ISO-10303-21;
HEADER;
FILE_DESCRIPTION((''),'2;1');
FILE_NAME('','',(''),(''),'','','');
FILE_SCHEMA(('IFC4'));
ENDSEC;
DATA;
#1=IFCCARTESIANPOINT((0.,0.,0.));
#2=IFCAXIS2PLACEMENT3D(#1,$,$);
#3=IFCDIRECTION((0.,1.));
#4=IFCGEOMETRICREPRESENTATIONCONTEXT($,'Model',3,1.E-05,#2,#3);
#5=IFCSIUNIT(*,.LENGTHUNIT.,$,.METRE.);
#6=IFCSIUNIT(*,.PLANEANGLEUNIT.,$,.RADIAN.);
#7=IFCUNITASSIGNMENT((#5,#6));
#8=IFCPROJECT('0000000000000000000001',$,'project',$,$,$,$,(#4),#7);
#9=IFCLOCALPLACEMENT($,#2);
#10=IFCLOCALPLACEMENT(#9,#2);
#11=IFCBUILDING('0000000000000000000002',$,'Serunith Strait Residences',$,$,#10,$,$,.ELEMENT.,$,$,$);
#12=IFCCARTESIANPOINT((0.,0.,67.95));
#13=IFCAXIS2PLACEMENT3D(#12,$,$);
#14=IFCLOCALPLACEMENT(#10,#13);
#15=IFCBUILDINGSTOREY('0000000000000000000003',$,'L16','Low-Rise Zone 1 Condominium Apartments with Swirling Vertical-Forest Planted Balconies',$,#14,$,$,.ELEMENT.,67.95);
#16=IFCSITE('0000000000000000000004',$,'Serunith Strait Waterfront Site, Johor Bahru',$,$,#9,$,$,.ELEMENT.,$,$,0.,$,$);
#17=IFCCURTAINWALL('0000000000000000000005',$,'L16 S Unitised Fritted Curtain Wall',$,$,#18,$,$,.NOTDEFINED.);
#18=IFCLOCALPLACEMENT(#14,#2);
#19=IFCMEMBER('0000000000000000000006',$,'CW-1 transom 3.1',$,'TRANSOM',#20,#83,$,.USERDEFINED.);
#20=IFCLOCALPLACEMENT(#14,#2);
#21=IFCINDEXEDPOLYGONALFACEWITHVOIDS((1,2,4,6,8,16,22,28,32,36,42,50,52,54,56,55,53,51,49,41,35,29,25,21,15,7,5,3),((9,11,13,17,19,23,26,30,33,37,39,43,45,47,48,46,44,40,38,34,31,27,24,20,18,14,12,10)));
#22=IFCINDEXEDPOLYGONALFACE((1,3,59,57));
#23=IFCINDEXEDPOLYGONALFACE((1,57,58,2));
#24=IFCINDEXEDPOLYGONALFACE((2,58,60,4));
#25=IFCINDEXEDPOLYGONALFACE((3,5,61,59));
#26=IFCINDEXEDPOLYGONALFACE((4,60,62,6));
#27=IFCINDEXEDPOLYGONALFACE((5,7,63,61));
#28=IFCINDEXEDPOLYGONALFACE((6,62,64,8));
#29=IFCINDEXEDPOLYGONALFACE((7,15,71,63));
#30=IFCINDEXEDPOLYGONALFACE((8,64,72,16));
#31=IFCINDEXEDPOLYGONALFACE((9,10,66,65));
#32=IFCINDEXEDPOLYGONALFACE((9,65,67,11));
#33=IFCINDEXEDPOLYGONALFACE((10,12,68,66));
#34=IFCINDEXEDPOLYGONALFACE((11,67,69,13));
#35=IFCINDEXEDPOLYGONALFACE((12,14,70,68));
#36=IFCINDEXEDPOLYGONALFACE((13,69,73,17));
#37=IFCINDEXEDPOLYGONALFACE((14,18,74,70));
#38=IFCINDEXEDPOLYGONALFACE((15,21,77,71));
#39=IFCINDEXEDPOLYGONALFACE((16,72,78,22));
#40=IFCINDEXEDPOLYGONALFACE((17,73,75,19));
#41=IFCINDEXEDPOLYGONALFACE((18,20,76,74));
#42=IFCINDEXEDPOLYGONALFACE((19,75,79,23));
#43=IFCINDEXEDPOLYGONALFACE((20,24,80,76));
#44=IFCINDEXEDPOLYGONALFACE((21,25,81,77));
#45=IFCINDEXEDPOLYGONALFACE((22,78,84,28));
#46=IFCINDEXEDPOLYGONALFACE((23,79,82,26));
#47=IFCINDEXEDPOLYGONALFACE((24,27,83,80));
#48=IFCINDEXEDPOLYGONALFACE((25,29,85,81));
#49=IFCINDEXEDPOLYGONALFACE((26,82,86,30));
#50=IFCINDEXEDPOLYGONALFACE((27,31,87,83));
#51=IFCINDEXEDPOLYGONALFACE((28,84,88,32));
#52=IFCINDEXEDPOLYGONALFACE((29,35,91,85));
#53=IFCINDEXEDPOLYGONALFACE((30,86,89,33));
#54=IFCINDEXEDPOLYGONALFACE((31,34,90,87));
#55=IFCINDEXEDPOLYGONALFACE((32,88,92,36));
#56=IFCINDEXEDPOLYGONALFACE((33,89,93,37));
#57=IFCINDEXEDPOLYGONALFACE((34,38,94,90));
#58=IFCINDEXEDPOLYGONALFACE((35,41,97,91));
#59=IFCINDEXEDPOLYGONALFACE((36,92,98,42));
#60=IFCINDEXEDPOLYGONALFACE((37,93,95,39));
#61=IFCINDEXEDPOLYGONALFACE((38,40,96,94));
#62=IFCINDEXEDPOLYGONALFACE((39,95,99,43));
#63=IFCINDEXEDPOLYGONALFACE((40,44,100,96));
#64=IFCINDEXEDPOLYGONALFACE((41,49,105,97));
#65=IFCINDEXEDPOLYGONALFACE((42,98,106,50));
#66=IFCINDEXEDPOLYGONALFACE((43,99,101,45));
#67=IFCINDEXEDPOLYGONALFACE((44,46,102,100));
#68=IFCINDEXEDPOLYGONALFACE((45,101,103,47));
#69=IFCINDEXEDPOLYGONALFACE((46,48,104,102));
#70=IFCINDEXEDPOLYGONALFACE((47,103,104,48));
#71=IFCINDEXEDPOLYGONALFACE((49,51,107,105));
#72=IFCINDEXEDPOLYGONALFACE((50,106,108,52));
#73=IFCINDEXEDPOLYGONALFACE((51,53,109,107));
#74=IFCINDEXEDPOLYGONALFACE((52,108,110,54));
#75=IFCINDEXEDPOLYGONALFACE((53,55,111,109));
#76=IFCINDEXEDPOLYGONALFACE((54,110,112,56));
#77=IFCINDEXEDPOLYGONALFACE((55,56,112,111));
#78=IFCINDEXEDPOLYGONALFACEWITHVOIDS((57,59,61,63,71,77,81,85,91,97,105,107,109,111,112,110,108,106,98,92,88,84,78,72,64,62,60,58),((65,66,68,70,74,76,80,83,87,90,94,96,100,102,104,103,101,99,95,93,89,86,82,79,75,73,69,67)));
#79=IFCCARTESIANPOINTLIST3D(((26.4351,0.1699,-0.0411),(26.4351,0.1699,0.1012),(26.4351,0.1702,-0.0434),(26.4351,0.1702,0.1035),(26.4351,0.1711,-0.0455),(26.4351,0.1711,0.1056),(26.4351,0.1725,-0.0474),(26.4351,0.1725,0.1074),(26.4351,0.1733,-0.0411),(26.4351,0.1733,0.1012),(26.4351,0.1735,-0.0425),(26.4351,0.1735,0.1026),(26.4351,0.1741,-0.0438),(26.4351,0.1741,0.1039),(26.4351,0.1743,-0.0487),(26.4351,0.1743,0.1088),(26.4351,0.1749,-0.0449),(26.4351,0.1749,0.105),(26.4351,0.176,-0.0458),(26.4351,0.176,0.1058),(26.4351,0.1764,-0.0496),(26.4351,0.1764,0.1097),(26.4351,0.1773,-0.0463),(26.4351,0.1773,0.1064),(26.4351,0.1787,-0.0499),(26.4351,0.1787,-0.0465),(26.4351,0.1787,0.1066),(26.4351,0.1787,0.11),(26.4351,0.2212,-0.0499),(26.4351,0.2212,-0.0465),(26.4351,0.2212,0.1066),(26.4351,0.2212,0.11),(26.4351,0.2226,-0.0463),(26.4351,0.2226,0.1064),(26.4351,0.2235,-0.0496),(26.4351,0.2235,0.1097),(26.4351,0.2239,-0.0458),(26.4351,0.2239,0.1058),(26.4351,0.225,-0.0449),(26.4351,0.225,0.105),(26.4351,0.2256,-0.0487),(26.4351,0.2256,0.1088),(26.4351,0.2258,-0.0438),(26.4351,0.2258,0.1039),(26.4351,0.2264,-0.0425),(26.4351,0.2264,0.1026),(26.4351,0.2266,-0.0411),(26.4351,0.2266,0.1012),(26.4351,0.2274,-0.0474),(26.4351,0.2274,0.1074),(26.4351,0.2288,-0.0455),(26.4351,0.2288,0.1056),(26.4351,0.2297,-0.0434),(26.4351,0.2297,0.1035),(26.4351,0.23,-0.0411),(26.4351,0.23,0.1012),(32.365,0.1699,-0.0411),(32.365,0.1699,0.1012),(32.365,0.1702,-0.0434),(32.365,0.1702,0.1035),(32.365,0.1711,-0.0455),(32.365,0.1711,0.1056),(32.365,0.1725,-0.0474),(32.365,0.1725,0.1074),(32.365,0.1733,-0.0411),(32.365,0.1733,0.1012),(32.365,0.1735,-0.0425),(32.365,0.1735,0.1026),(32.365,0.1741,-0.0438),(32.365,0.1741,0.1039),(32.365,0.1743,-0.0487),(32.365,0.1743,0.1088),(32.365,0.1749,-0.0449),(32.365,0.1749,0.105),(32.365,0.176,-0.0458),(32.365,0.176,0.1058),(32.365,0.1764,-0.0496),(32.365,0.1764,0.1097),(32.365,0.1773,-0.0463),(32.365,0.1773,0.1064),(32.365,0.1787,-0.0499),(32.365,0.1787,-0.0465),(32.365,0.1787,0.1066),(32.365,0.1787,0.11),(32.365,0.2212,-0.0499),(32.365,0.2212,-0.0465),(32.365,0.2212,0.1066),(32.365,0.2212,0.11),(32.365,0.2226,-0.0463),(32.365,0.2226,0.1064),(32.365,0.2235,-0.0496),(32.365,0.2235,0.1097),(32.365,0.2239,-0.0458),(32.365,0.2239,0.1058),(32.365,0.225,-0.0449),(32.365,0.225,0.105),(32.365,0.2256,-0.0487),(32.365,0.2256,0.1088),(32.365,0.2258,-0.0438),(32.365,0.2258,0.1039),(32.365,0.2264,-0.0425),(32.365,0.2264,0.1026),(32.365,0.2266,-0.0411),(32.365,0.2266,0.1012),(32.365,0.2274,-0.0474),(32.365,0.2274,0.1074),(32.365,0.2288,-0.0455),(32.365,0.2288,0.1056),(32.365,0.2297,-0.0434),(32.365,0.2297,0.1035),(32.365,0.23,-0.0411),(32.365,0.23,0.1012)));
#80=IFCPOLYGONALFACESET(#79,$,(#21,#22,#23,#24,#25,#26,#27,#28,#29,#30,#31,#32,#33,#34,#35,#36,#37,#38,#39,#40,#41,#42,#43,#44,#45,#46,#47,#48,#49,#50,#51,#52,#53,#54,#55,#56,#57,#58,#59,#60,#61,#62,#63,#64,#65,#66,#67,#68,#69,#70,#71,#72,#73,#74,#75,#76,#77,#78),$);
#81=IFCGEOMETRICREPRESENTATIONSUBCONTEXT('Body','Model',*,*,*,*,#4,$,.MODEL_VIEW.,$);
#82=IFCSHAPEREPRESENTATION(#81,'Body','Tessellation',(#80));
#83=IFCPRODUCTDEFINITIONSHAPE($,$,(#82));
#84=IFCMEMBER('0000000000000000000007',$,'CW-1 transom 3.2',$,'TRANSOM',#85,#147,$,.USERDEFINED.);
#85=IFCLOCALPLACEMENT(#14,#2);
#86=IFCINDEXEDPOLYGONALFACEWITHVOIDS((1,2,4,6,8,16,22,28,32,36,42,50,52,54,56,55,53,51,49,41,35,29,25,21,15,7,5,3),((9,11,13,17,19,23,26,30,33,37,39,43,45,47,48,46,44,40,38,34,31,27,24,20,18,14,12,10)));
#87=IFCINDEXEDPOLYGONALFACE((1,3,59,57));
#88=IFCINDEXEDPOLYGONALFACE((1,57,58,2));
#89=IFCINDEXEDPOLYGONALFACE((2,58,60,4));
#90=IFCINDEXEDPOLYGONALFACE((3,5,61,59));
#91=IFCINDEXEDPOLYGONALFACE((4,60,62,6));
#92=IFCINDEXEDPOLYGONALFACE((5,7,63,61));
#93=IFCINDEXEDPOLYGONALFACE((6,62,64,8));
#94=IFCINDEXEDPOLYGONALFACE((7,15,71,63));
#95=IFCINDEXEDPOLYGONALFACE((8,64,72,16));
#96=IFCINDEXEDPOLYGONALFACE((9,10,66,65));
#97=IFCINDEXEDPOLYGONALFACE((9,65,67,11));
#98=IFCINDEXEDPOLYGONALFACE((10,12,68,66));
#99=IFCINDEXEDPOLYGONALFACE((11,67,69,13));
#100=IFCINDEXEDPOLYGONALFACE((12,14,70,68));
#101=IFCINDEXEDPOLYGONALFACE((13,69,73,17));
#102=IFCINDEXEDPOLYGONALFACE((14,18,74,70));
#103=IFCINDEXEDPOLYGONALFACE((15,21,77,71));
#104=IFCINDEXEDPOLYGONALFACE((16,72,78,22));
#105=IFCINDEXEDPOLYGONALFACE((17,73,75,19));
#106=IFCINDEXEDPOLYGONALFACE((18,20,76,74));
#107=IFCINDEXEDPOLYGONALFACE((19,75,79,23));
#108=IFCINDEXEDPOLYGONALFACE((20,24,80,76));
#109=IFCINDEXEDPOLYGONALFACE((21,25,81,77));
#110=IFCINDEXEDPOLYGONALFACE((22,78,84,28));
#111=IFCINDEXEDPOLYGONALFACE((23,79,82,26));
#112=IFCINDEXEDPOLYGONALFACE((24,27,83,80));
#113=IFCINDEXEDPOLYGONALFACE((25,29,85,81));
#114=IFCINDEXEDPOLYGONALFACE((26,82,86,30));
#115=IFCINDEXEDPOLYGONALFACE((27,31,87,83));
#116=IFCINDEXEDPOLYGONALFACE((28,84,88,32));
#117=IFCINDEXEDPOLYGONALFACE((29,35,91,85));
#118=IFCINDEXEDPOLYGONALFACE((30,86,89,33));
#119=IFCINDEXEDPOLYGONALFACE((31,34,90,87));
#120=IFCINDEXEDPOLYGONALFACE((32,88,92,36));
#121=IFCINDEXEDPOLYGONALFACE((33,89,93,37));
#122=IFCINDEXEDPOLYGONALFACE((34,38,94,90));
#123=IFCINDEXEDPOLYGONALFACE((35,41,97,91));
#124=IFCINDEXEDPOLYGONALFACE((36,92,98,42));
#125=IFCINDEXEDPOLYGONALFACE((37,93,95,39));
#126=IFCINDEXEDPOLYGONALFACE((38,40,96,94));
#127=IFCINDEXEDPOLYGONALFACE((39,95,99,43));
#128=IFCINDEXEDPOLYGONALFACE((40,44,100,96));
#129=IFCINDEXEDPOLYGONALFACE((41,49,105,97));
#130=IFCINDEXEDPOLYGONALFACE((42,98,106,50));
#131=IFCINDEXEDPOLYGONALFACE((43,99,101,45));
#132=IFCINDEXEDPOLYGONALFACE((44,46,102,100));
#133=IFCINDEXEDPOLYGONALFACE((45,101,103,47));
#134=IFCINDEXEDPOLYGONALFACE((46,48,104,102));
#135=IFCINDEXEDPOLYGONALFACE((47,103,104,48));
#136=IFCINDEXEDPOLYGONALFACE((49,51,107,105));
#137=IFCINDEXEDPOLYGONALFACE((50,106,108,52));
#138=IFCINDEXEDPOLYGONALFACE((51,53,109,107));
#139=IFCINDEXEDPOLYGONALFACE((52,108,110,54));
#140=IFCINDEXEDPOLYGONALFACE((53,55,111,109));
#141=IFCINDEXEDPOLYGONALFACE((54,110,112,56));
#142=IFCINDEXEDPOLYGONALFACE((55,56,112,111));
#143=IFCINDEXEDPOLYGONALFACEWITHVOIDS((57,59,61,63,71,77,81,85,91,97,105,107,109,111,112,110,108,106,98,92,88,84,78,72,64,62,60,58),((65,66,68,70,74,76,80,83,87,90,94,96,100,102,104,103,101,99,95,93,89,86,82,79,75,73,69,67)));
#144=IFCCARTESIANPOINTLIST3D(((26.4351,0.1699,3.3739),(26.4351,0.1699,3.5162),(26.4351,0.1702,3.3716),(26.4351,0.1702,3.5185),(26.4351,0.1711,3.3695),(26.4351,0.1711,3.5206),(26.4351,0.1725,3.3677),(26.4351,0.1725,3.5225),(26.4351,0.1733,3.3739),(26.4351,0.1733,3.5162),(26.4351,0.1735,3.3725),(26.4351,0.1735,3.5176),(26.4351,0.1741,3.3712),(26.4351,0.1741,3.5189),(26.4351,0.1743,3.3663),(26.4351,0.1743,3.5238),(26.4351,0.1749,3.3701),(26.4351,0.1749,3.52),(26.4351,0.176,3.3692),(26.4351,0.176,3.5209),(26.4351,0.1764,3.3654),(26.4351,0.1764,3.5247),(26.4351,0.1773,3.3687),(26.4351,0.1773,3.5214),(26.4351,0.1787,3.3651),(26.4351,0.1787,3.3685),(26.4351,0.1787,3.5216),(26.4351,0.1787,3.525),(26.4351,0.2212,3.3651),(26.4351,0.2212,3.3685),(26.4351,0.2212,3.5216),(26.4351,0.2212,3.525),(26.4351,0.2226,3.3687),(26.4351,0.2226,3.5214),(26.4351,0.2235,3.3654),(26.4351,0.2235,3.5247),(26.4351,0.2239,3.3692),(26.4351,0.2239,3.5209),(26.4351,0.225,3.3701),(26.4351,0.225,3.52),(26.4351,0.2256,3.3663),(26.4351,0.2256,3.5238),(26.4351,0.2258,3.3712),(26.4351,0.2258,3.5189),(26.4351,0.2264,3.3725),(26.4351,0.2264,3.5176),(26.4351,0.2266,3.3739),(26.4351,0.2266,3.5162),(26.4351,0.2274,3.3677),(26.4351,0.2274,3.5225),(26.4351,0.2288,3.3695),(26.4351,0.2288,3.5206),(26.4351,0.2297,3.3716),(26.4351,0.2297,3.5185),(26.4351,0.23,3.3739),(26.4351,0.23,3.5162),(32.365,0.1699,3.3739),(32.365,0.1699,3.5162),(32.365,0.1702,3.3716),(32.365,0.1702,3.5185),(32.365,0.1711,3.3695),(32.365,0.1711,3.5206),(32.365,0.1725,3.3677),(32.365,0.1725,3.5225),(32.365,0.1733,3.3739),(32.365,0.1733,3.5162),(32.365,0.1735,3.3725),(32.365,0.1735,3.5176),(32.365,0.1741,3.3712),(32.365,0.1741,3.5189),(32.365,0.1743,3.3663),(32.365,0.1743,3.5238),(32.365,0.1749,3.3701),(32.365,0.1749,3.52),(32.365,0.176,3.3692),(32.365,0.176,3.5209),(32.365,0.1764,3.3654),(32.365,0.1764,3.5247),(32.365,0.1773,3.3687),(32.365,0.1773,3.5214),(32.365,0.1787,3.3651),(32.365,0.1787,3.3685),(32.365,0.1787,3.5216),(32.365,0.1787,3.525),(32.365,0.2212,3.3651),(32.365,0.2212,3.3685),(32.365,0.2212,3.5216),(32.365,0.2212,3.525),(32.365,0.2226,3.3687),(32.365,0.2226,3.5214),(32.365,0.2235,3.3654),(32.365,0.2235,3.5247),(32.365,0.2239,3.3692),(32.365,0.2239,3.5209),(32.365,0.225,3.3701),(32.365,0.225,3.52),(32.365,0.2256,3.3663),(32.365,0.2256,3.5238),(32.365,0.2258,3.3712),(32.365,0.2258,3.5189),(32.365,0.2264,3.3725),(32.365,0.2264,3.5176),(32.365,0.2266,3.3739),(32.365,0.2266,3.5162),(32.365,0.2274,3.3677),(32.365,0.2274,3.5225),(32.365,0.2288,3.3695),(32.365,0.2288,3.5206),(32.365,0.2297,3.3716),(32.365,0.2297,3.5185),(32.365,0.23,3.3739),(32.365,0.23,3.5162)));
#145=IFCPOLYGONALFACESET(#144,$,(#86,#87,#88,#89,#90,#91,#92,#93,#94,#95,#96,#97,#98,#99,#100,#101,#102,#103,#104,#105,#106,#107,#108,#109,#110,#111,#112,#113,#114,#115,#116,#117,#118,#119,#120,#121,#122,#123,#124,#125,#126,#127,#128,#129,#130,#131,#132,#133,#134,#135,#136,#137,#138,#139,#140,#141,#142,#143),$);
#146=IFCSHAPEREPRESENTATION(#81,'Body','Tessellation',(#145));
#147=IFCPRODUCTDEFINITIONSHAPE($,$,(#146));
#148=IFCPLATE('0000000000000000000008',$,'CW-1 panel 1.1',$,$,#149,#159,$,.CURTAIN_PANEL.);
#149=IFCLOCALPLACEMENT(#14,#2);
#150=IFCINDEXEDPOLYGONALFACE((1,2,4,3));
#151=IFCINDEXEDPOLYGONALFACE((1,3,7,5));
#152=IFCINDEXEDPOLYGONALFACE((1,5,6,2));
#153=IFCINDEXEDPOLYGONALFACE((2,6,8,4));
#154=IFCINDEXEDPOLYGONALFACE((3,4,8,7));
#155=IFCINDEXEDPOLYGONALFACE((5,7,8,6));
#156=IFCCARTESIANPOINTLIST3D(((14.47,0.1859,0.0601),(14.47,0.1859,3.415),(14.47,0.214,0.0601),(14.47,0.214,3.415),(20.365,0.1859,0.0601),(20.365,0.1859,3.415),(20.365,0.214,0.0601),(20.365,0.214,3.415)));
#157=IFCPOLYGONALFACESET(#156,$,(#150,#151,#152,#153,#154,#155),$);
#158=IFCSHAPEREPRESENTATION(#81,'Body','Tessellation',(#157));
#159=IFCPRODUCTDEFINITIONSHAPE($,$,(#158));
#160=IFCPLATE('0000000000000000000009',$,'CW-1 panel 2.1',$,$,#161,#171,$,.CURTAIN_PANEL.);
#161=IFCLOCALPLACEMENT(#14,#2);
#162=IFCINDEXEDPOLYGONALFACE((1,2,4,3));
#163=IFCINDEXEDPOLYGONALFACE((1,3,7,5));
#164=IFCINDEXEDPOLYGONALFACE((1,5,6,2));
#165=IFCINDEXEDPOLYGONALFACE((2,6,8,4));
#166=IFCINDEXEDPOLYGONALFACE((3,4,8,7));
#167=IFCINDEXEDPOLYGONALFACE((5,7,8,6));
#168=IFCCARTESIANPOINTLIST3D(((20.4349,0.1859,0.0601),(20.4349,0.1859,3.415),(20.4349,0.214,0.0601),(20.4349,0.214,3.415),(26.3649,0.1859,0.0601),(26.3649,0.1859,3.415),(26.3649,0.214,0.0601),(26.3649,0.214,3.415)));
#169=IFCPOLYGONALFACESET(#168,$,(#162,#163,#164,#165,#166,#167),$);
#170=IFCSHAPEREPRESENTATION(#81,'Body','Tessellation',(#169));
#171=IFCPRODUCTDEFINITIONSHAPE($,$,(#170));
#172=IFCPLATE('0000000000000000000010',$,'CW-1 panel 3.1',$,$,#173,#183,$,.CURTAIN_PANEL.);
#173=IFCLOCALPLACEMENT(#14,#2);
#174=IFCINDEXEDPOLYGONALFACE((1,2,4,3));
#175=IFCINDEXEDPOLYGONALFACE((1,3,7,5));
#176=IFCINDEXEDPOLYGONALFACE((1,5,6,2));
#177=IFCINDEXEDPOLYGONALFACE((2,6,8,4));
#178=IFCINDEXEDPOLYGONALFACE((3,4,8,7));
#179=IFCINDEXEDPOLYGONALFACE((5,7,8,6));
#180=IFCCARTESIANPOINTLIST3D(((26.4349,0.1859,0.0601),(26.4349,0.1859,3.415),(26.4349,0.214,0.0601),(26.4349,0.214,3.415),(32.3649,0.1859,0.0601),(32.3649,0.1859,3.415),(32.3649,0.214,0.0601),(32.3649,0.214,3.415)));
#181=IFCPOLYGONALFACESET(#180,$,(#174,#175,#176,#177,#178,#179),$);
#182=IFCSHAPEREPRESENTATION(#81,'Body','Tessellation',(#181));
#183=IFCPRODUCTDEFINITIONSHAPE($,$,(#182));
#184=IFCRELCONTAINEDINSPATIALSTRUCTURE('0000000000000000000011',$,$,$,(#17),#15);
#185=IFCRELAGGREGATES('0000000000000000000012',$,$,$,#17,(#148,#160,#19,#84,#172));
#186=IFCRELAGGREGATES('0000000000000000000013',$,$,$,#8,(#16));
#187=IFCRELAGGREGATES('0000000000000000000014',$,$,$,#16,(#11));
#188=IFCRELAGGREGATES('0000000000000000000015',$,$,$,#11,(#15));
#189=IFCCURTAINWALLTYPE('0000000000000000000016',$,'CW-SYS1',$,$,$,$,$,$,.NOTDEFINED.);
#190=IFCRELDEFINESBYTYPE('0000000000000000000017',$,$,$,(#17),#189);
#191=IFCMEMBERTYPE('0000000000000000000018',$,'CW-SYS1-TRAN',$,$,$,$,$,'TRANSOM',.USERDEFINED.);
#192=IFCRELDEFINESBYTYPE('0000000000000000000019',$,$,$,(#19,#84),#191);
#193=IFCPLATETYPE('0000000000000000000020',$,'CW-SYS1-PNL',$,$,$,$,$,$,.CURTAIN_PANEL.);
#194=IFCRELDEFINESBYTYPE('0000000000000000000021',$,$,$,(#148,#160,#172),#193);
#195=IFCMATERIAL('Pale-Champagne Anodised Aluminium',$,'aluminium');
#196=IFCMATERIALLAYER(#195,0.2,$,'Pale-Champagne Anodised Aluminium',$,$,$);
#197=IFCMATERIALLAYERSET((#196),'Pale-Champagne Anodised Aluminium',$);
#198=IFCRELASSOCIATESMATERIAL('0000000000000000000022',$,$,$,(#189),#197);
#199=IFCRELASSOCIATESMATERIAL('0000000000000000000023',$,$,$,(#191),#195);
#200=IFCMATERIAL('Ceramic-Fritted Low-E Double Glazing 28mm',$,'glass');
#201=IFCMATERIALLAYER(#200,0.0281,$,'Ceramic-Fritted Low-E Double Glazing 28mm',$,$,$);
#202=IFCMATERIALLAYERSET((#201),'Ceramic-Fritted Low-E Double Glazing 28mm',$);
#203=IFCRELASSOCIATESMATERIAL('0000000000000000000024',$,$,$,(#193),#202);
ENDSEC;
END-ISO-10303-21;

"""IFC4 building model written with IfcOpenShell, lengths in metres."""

from ifc_helpers import new_model, si_unit, direction, frame, origin, origin_2d, place, context, subcontext, project, spatial, rectangle, hollow_rectangle, extrude, source, transform, mapped, material, layer, layer_set, material_profile, profile_set, type_object, element, aggregate, save


model = new_model("IFC4")

# Units and contexts
model_context = context("Model", 3, precision=1e-05, world=origin(), true_north=direction((0.0, 1.0)))
body_context = subcontext(model_context, "Body", "Model", "MODEL_VIEW")
ifc_project = project(units=[si_unit("LENGTHUNIT", "METRE"), si_unit("PLANEANGLEUNIT", "RADIAN")], contexts=[model_context])

# Site, building, storey
site_placement = place(None, origin())
site = spatial("IfcSite", under=ifc_project, at=site_placement, Name="Serunith Strait Waterfront Site, Johor Bahru", CompositionType="ELEMENT", RefElevation=0.0)
building_placement = place(site_placement, origin())
building = spatial("IfcBuilding", under=site, at=building_placement, Name="Serunith Strait Residences", CompositionType="ELEMENT")
storey_placement = place(building_placement, frame((0.0, 0.0, 67.95)))
storey = spatial("IfcBuildingStorey", under=building, at=storey_placement, Name="L16", Description="Low-Rise Zone 1 Condominium Apartments with Swirling Vertical-Forest Planted Balconies", CompositionType="ELEMENT", Elevation=67.95)

# Curtain wall, members, plates
ifc_material_1 = material(Name="Pale-Champagne Anodised Aluminium", Category="aluminium")
ifc_layer_1 = layer(ifc_material_1, 0.2, Name="Pale-Champagne Anodised Aluminium")
ifc_layer_set_1 = layer_set([ifc_layer_1], Name="Pale-Champagne Anodised Aluminium")
curtain_wall_type = type_object("IfcCurtainWallType", Name="CW-SYS1", PredefinedType="NOTDEFINED", material=ifc_layer_set_1)
curtain_wall_placement = place(storey_placement, origin())
curtain_wall = element("IfcCurtainWall", 1, at=curtain_wall_placement, inside=storey, type_object=curtain_wall_type, Name="L16 S Unitised Fritted Curtain Wall", PredefinedType="NOTDEFINED")
ifc_material_profile_1 = material_profile(ifc_material_1, hollow_rectangle(XDim=0.0601, YDim=0.1599, WallThickness=0.0034, InnerFilletRadius=0.0054, OuterFilletRadius=0.0088, at=origin_2d()), Name="ALU 160x60x3.5")
ifc_profile_set_1 = profile_set([ifc_material_profile_1], Name="Pale-Champagne Anodised Aluminium")
member_type_1 = type_object("IfcMemberType", Name="CW-SYS1-TRAN", ElementType="TRANSOM", PredefinedType="USERDEFINED", material=ifc_profile_set_1)
shared_shape_1 = source(origin(), body_context, "Body", "SweptSolid", [
    extrude(hollow_rectangle(XDim=0.0601, YDim=0.1599, WallThickness=0.0034, InnerFilletRadius=0.0054, OuterFilletRadius=0.0088, at=origin_2d()), origin(), (0.0, 0.0, 1.0), 5.9299),
])
member_1_placement = place(storey_placement, frame((26.4351, 0.2, 0.03), z_axis=(1.0, 0.0, 0.0), x_axis=(0.0, 1.0, 0.0)))
member_1 = element("IfcMember", 2, at=member_1_placement, type_object=member_type_1, Name="CW-1 transom 3.1", ObjectType="TRANSOM", PredefinedType="USERDEFINED", context=body_context, shape_type="MappedRepresentation", body=[
    mapped(shared_shape_1, transform((0.0, 0.0, 0.0), scale=1.0)),
])
member_2_placement = place(storey_placement, frame((26.4351, 0.2, 3.4451), z_axis=(1.0, 0.0, 0.0), x_axis=(0.0, 1.0, 0.0)))
member_2 = element("IfcMember", 3, at=member_2_placement, type_object=member_type_1, Name="CW-1 transom 3.2", ObjectType="TRANSOM", PredefinedType="USERDEFINED", context=body_context, shape_type="MappedRepresentation", body=[
    mapped(shared_shape_1, transform((0.0, 0.0, 0.0), scale=1.0)),
])
ifc_material_2 = material(Name="Ceramic-Fritted Low-E Double Glazing 28mm", Category="glass")
ifc_layer_2 = layer(ifc_material_2, 0.0281, Name="Ceramic-Fritted Low-E Double Glazing 28mm")
ifc_layer_set_2 = layer_set([ifc_layer_2], Name="Ceramic-Fritted Low-E Double Glazing 28mm")
plate_type = type_object("IfcPlateType", Name="CW-SYS1-PNL", PredefinedType="CURTAIN_PANEL", material=ifc_layer_set_2)
shared_shape_2 = source(origin(), body_context, "Body", "SweptSolid", [
    extrude(rectangle(XDim=5.895, YDim=0.0281, at=origin_2d()), origin(), (0.0, 0.0, 1.0), 3.355),
])
plate_1_placement = place(storey_placement, frame((17.4175, 0.2, 0.0601), z_axis=(0.0, 0.0, 1.0), x_axis=(1.0, 0.0, 0.0)))
plate_1 = element("IfcPlate", 4, at=plate_1_placement, type_object=plate_type, Name="CW-1 panel 1.1", PredefinedType="CURTAIN_PANEL", context=body_context, shape_type="MappedRepresentation", body=[
    mapped(shared_shape_2, transform((0.0, 0.0, 0.0), scale=1.0)),
])
shared_shape_3 = source(origin(), body_context, "Body", "SweptSolid", [
    extrude(rectangle(XDim=5.9299, YDim=0.0281, at=origin_2d()), origin(), (0.0, 0.0, 1.0), 3.355),
])
plate_2_placement = place(storey_placement, frame((23.3999, 0.2, 0.0601), z_axis=(0.0, 0.0, 1.0), x_axis=(1.0, 0.0, 0.0)))
plate_2 = element("IfcPlate", 5, at=plate_2_placement, type_object=plate_type, Name="CW-1 panel 2.1", PredefinedType="CURTAIN_PANEL", context=body_context, shape_type="MappedRepresentation", body=[
    mapped(shared_shape_3, transform((0.0, 0.0, 0.0), scale=1.0)),
])
plate_3_placement = place(storey_placement, frame((29.3999, 0.2, 0.0601), z_axis=(0.0, 0.0, 1.0), x_axis=(1.0, 0.0, 0.0)))
plate_3 = element("IfcPlate", 6, at=plate_3_placement, type_object=plate_type, Name="CW-1 panel 3.1", PredefinedType="CURTAIN_PANEL", context=body_context, shape_type="MappedRepresentation", body=[
    mapped(shared_shape_3, transform((0.0, 0.0, 0.0), scale=1.0)),
])
aggregate(curtain_wall, [plate_1, plate_2, member_1, member_2, plate_3])

save(model, "model.ifc")
